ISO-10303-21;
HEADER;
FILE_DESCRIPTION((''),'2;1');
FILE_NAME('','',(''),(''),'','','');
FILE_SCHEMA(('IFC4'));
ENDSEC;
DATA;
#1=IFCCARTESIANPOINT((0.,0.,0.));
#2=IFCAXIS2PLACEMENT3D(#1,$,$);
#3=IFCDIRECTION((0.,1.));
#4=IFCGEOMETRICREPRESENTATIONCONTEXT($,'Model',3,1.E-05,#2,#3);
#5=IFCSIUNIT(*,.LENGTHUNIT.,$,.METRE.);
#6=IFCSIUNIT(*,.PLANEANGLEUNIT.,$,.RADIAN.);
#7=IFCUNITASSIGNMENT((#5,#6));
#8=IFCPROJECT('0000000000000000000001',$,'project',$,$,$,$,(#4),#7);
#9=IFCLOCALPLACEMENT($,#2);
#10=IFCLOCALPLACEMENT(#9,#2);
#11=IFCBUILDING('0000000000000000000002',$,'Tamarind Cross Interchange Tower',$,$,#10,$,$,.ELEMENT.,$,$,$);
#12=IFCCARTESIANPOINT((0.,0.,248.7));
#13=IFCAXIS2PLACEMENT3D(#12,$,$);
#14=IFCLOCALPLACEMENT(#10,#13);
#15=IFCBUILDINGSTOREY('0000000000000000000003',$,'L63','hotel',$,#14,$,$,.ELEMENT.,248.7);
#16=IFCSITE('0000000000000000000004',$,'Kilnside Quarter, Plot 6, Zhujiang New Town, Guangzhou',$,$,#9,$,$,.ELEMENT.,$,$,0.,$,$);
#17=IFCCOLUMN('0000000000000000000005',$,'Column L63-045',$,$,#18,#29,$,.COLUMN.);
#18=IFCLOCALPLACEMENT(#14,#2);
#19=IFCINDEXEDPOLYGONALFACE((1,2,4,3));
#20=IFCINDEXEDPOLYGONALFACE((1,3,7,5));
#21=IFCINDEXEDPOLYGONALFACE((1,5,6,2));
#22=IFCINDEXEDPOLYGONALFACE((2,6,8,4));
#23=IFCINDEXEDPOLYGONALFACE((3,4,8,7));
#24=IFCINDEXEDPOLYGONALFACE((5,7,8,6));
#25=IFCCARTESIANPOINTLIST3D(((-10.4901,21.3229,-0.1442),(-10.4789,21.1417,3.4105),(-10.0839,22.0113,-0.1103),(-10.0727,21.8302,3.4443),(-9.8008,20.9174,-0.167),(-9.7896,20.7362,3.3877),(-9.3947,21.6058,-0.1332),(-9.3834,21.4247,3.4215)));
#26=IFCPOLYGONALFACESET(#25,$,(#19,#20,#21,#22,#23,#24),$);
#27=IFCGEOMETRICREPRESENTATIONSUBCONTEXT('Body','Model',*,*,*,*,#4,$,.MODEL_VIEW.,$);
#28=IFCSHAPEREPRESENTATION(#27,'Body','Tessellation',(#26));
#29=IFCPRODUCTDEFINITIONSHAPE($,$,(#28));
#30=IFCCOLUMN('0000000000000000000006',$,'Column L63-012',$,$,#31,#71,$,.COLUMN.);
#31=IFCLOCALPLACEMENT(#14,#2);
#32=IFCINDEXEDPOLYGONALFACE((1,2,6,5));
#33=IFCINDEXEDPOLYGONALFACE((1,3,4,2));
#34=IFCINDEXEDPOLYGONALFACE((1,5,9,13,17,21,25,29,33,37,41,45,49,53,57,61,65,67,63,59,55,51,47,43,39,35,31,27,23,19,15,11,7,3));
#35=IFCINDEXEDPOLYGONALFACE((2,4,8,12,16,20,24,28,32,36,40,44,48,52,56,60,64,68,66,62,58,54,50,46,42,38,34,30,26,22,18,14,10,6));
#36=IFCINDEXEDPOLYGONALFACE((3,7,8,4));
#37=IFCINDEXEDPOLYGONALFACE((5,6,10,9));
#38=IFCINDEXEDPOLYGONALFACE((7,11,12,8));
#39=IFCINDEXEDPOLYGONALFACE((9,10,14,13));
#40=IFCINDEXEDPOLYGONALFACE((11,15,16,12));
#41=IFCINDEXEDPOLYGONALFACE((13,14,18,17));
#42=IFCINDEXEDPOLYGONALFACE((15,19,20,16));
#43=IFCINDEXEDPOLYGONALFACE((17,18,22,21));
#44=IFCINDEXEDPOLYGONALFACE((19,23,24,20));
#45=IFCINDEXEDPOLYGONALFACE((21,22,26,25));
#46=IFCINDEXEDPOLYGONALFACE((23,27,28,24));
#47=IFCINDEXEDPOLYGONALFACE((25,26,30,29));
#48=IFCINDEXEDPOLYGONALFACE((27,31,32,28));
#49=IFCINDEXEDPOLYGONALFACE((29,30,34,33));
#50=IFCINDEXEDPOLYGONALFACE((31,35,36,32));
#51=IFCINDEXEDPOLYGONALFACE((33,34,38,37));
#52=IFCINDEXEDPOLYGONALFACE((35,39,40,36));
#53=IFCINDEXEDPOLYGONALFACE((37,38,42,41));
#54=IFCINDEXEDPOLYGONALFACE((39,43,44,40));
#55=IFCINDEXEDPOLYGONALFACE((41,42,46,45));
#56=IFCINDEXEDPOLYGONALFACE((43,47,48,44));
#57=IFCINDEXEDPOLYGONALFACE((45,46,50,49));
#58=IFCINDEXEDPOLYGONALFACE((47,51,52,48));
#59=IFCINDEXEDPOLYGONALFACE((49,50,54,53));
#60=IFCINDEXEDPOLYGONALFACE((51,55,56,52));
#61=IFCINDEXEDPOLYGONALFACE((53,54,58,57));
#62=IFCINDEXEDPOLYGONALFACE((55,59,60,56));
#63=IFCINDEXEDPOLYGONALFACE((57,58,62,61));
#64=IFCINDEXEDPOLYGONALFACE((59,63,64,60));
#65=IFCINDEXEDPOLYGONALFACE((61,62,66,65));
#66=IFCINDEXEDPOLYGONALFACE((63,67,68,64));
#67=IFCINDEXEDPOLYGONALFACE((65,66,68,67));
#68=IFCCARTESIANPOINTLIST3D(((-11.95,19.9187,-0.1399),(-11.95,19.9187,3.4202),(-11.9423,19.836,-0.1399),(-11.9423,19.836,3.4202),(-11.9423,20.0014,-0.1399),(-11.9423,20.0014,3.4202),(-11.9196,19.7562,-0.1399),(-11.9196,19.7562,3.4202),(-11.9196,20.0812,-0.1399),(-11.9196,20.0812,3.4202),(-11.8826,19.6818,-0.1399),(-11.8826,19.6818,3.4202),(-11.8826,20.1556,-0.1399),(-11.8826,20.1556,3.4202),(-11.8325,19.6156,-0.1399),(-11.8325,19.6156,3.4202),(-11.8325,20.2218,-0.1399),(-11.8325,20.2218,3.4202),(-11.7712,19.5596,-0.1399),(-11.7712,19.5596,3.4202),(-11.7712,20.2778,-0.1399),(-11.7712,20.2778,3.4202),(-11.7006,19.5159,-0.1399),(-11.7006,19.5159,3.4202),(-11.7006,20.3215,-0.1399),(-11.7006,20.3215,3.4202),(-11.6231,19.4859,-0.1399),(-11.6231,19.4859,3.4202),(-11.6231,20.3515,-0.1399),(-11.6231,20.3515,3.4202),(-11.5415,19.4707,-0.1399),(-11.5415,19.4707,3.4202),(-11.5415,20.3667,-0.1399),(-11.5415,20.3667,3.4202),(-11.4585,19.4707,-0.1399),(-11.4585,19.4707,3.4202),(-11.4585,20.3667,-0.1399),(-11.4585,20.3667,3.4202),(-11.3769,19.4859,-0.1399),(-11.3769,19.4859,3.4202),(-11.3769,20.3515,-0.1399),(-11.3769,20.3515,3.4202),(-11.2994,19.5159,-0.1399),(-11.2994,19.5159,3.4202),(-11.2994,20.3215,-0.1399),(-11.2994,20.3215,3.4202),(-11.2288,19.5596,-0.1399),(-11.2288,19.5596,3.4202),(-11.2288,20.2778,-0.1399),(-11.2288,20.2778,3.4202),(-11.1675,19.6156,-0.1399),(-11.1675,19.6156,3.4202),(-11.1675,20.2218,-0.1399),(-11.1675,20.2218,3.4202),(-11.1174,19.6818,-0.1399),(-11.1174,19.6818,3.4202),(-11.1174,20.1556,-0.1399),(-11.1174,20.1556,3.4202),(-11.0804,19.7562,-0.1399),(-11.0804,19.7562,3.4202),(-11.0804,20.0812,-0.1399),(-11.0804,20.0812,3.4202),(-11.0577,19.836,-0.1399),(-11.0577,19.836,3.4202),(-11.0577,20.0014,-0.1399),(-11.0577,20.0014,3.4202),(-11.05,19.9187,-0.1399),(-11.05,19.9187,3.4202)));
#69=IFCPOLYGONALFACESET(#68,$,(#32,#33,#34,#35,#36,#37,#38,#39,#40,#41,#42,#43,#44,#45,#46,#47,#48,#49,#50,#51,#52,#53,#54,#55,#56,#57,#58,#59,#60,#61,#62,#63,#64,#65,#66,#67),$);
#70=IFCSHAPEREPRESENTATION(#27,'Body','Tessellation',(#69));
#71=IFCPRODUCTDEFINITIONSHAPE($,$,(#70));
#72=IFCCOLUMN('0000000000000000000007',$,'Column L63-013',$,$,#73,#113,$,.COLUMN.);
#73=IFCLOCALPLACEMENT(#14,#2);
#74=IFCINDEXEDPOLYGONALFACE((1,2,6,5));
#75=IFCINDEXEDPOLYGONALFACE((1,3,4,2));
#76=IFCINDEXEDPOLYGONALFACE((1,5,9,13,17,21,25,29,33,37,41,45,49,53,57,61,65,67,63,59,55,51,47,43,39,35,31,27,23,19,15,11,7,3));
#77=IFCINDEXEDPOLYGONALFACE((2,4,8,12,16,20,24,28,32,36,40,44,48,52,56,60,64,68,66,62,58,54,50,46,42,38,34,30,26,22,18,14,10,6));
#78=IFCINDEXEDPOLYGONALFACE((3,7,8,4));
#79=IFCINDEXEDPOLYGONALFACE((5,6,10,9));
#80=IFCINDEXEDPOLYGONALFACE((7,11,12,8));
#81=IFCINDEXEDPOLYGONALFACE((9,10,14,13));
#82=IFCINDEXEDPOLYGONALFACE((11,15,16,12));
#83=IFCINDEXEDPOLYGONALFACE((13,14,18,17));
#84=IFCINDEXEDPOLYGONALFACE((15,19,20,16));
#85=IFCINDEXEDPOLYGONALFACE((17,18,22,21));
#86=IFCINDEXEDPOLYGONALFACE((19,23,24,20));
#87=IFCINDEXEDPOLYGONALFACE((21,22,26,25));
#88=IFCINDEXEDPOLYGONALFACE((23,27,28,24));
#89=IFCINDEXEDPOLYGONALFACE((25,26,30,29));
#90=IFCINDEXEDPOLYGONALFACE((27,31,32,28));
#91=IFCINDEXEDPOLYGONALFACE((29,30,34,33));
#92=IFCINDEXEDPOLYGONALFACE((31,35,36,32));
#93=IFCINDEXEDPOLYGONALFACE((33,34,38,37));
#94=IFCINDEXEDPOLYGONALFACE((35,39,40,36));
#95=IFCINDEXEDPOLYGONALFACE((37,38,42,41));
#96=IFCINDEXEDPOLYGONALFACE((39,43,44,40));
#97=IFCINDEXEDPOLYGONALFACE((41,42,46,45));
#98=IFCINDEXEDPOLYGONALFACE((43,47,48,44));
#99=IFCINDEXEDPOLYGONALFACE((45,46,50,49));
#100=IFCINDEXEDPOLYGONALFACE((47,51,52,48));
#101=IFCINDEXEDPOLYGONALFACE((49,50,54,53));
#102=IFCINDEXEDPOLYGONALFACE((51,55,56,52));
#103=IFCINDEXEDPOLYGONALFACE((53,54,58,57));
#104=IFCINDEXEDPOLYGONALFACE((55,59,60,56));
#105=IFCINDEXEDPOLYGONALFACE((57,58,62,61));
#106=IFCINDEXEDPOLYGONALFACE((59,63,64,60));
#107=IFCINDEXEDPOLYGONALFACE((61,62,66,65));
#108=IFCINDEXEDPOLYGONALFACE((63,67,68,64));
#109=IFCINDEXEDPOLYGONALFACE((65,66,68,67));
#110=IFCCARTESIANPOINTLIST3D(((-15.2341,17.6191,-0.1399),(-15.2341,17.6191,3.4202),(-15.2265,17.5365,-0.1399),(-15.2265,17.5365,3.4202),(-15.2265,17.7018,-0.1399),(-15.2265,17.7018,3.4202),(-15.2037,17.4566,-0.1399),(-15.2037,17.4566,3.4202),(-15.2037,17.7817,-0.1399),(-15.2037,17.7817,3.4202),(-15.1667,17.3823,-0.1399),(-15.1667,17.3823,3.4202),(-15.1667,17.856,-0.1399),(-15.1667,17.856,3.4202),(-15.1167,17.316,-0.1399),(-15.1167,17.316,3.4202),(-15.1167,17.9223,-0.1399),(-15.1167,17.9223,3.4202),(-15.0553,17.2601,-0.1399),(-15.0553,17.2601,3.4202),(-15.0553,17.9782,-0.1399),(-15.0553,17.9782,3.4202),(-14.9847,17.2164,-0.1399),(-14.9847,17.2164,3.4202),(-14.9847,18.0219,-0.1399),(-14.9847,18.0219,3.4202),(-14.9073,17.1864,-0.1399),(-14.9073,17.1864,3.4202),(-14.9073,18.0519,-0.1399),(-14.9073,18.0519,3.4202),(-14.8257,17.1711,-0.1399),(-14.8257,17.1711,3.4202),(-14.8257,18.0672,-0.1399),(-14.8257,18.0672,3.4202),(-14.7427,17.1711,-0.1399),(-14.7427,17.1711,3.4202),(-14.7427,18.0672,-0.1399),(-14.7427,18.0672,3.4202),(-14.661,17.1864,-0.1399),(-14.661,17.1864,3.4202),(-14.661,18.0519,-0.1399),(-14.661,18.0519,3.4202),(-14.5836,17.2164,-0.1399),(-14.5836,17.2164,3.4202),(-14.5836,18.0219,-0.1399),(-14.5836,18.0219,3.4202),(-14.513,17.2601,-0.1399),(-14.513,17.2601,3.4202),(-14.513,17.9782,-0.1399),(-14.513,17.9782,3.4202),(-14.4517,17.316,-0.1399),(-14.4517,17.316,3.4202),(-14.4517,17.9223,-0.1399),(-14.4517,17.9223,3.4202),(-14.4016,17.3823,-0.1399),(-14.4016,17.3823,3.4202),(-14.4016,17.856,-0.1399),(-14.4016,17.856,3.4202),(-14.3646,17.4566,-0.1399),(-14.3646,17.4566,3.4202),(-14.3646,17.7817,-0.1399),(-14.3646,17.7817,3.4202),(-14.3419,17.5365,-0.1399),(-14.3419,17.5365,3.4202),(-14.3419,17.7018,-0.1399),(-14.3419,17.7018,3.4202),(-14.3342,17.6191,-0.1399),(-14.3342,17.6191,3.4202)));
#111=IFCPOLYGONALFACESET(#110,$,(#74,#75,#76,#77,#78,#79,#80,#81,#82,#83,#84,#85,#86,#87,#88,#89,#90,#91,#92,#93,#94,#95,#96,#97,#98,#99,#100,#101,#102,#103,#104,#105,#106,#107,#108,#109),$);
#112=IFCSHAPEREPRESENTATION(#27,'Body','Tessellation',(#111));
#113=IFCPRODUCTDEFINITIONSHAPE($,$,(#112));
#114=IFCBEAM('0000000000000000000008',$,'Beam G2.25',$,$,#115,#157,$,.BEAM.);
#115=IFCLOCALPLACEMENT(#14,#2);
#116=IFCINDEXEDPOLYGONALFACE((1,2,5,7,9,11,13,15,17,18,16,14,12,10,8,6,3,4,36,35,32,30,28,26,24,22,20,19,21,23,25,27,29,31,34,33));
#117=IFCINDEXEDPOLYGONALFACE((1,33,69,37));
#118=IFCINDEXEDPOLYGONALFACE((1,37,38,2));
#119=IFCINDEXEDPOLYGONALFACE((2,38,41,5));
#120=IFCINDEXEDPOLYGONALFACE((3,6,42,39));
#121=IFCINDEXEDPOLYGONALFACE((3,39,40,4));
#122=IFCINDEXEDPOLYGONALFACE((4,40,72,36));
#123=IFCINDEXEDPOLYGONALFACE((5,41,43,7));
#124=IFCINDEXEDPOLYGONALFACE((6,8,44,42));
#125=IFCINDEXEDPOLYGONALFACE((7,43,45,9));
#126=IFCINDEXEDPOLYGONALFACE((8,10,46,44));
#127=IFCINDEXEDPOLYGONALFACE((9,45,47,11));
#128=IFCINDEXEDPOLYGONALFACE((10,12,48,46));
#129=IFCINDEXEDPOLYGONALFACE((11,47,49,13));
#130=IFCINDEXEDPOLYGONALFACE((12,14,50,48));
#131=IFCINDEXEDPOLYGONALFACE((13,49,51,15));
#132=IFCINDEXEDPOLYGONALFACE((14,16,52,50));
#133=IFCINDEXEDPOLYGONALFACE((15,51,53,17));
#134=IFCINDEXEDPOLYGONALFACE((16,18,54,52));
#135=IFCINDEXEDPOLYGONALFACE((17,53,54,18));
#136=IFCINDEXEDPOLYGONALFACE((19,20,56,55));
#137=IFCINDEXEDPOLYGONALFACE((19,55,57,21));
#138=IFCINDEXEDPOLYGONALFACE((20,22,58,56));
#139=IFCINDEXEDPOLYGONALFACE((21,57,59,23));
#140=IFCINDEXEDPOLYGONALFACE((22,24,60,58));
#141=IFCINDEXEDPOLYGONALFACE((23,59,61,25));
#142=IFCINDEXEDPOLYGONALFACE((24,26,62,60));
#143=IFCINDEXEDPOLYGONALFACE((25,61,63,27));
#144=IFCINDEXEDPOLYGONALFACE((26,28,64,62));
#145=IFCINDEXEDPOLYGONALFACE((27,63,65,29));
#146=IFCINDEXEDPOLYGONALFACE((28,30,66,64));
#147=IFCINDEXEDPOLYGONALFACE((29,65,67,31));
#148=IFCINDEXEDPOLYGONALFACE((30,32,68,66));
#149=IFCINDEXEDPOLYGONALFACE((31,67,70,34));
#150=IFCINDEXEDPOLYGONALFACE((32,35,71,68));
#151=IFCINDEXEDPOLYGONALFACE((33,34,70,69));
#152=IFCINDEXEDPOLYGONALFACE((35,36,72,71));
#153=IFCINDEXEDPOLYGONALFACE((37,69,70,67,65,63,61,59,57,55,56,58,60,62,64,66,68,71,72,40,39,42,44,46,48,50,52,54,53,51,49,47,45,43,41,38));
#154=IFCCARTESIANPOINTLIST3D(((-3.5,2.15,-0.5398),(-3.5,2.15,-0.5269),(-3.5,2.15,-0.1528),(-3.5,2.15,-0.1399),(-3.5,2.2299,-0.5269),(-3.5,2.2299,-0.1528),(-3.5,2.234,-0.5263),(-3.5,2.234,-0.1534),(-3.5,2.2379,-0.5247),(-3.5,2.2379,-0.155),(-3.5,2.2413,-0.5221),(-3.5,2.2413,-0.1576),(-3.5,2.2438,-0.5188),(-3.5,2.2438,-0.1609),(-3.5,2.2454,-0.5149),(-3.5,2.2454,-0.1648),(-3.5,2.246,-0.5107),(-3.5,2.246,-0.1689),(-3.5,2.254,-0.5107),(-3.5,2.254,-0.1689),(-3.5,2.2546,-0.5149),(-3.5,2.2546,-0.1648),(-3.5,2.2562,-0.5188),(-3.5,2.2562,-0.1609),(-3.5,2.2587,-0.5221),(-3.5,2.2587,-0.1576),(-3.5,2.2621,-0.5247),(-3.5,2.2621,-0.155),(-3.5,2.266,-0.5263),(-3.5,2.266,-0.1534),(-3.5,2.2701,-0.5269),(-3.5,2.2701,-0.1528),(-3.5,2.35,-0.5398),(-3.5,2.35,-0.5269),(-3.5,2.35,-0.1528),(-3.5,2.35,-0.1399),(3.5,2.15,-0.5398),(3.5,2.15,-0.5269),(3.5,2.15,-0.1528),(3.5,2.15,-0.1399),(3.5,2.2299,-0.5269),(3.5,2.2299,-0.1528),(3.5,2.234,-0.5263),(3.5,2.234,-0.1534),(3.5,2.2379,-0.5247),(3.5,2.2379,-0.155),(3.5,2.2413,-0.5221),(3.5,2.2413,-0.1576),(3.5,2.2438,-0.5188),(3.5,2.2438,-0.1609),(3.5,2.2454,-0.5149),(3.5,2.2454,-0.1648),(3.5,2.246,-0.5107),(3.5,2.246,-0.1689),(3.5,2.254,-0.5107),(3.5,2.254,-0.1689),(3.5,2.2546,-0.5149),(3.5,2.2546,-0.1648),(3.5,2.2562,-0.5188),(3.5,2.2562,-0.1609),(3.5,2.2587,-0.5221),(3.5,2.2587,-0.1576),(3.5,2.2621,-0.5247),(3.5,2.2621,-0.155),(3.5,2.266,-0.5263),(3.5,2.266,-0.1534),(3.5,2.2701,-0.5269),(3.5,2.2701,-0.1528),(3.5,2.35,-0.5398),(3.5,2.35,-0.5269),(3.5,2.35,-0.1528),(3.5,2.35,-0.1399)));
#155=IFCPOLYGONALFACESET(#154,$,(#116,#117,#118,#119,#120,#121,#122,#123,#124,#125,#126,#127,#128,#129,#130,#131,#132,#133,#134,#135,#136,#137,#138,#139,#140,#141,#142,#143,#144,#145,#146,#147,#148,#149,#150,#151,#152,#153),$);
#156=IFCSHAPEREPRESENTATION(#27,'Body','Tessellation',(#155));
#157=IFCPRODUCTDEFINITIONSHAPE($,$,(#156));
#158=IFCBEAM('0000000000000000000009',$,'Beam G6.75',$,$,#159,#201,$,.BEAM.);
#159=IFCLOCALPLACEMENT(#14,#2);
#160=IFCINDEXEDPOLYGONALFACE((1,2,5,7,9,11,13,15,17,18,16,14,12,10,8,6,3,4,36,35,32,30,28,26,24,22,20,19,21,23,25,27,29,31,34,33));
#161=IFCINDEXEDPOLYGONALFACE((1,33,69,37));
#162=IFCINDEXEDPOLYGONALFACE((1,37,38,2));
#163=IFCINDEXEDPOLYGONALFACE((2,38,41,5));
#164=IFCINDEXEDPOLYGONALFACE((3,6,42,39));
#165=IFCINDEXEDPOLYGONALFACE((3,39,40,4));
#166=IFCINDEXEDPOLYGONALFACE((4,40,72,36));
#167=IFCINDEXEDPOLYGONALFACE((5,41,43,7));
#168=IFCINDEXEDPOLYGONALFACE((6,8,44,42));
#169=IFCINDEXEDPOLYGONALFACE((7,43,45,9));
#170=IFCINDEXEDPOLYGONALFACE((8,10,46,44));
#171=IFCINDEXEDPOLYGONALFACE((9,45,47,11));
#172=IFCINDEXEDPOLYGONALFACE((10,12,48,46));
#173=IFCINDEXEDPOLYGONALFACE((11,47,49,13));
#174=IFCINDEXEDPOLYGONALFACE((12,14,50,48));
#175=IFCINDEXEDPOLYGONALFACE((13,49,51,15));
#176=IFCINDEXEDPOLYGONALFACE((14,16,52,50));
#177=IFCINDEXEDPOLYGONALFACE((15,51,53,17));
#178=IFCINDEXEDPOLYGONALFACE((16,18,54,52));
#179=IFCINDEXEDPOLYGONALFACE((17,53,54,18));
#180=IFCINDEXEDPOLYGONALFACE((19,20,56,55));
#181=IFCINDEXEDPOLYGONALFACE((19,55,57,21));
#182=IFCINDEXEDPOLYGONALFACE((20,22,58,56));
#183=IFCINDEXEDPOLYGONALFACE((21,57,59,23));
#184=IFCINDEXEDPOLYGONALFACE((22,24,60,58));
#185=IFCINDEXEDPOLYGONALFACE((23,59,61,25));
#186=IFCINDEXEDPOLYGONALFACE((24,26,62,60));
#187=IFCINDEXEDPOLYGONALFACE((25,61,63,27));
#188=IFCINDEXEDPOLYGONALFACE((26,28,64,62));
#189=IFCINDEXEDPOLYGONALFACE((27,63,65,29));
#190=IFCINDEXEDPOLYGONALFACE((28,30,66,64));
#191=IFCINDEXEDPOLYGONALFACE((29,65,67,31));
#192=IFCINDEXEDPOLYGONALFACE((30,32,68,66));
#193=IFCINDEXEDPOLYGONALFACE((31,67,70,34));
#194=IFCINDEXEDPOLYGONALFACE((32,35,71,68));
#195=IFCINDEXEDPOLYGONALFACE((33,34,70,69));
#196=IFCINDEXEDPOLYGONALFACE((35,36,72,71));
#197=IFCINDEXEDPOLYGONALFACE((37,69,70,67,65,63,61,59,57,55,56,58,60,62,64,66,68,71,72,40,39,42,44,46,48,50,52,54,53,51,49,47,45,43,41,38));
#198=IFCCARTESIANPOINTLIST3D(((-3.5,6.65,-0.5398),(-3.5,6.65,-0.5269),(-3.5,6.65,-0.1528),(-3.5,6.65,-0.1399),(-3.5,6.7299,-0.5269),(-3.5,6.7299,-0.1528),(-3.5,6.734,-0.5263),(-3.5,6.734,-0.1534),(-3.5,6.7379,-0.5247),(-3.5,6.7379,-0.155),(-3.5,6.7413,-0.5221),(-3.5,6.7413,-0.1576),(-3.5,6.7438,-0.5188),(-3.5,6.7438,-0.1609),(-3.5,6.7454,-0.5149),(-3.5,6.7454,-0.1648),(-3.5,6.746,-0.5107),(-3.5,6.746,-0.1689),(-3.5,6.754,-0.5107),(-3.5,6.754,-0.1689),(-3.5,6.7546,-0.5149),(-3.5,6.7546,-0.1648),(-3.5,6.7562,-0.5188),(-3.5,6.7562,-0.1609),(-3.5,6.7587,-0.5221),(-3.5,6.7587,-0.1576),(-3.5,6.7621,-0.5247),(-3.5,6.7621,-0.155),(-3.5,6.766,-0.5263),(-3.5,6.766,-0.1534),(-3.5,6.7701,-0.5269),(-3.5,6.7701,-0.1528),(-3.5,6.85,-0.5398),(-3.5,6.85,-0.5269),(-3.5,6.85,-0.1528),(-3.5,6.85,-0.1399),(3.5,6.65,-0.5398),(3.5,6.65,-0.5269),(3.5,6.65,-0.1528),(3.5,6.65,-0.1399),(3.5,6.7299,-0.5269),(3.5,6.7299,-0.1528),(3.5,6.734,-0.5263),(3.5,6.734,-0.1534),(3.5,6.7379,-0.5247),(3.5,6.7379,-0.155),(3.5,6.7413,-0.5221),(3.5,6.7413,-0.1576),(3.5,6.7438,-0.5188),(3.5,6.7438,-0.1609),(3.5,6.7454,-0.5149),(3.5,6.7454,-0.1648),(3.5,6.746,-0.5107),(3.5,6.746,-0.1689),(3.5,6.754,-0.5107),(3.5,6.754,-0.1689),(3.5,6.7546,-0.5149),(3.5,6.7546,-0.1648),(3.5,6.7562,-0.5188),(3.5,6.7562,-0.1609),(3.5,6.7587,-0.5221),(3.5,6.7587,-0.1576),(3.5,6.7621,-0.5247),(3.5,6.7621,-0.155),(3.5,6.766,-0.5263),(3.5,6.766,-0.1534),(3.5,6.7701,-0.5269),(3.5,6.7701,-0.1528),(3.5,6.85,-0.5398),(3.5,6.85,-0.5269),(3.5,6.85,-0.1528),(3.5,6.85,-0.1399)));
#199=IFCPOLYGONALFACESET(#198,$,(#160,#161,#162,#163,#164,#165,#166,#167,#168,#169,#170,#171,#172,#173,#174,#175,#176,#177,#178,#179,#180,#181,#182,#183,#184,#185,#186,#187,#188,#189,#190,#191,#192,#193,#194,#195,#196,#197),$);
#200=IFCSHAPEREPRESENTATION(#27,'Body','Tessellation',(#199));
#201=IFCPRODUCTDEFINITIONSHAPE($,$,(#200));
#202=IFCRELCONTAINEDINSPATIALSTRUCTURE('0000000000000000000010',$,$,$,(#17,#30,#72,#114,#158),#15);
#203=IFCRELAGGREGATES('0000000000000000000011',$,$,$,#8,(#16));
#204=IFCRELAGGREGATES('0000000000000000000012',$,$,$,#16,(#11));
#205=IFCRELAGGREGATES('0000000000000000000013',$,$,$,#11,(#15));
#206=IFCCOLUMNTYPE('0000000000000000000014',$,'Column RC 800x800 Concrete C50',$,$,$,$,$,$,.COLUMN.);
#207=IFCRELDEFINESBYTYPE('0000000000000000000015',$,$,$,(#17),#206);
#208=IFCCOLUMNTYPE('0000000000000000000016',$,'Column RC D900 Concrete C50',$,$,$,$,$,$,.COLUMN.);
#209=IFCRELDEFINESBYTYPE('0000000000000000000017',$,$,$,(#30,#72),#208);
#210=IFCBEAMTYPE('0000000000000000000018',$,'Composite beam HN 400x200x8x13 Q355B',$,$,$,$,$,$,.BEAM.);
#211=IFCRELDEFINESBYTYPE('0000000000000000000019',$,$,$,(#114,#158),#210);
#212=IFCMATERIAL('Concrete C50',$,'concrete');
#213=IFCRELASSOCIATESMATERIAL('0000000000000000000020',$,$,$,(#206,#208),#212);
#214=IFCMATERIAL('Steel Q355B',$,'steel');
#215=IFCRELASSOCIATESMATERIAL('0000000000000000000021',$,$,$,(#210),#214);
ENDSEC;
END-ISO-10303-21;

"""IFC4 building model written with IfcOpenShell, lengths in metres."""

from ifc_helpers import new_model, si_unit, direction, frame, origin, origin_2d, place, context, subcontext, project, spatial, rectangle, circle, i_section, extrude, material, material_profile, profile_set, type_object, element, save


model = new_model("IFC4")

# Units and contexts
model_context = context("Model", 3, precision=1e-05, world=origin(), true_north=direction((0.0, 1.0)))
body_context = subcontext(model_context, "Body", "Model", "MODEL_VIEW")
ifc_project = project(units=[si_unit("LENGTHUNIT", "METRE"), si_unit("PLANEANGLEUNIT", "RADIAN")], contexts=[model_context])

# Site, building, storey
site_placement = place(None, origin())
site = spatial("IfcSite", under=ifc_project, at=site_placement, Name="Kilnside Quarter, Plot 6, Zhujiang New Town, Guangzhou", CompositionType="ELEMENT", RefElevation=0.0)
building_placement = place(site_placement, origin())
building = spatial("IfcBuilding", under=site, at=building_placement, Name="Tamarind Cross Interchange Tower", CompositionType="ELEMENT")
storey_placement = place(building_placement, frame((0.0, 0.0, 248.7)))
storey = spatial("IfcBuildingStorey", under=building, at=storey_placement, Name="L63", Description="hotel", CompositionType="ELEMENT", Elevation=248.7)

# Columns
ifc_material_1 = material(Name="Concrete C50", Category="concrete")
ifc_material_profile_1 = material_profile(ifc_material_1, rectangle(XDim=0.8, YDim=0.8, at=origin_2d()), Name="RC 800x800")
ifc_profile_set_1 = profile_set([ifc_material_profile_1], Name="Concrete C50")
column_type_1 = type_object("IfcColumnType", Name="Column RC 800x800 Concrete C50", PredefinedType="COLUMN", material=ifc_profile_set_1)
column_placement = place(storey_placement, frame((-9.9424, 21.4644, -0.1387), z_axis=(0.003155, -0.050895, 0.998699), x_axis=(0.507686, 0.860506, 0.042249)))
element("IfcColumn", 1, at=column_placement, inside=storey, type_object=column_type_1, Name="Column L63-045", PredefinedType="COLUMN", context=body_context, shape_type="SweptSolid", body=[
    extrude(rectangle(XDim=0.8, YDim=0.8, at=origin_2d()), origin(), (0.0, 0.0, 1.0), 3.5593),
])
ifc_material_profile_2 = material_profile(ifc_material_1, circle(Radius=0.45, at=origin_2d()), Name="RC D900")
ifc_profile_set_2 = profile_set([ifc_material_profile_2], Name="Concrete C50")
column_type_2 = type_object("IfcColumnType", Name="Column RC D900 Concrete C50", PredefinedType="COLUMN", material=ifc_profile_set_2)
for number, where, z_axis, x_axis, name in (
    (2, (-11.5, 19.9187, -0.1399), (0.0, 0.0, 1.0), (1.0, 0.0, 0.0), "Column L63-012"),
    (3, (-14.7842, 17.6191, -0.1399), (0.0, 0.0, 1.0), (1.0, 0.0, 0.0), "Column L63-013"),
):
    element("IfcColumn", number, at=place(storey_placement, frame(where, z_axis=z_axis, x_axis=x_axis)), inside=storey, type_object=column_type_2, Name=name, PredefinedType="COLUMN", context=body_context, shape_type="SweptSolid", body=[
        extrude(circle(Radius=0.45, at=origin_2d()), origin(), (0.0, 0.0, 1.0), 3.5601),
    ])

# Beams
ifc_material_2 = material(Name="Steel Q355B", Category="steel")
ifc_material_profile_3 = material_profile(ifc_material_2, i_section(OverallWidth=0.2, OverallDepth=0.3999, WebThickness=0.0081, FlangeThickness=0.0129, FilletRadius=0.0161, at=origin_2d()), Name="HN 400x200x8x13")
ifc_profile_set_3 = profile_set([ifc_material_profile_3], Name="Steel Q355B")
beam_type_1 = type_object("IfcBeamType", Name="Composite beam HN 400x200x8x13 Q355B", PredefinedType="BEAM", material=ifc_profile_set_3)
for number, where, z_axis, x_axis, name in (
    (4, (-3.5, 2.25, -0.3398), (1.0, 0.0, 0.0), (0.0, 1.0, 0.0), "Beam G2.25"),
    (5, (-3.5, 6.75, -0.3398), (1.0, 0.0, 0.0), (0.0, 1.0, 0.0), "Beam G6.75"),
):
    element("IfcBeam", number, at=place(storey_placement, frame(where, z_axis=z_axis, x_axis=x_axis)), inside=storey, type_object=beam_type_1, Name=name, PredefinedType="BEAM", context=body_context, shape_type="SweptSolid", body=[
        extrude(i_section(OverallWidth=0.2, OverallDepth=0.3999, WebThickness=0.0081, FlangeThickness=0.0129, FilletRadius=0.0161, at=origin_2d()), origin(), (0.0, 0.0, 1.0), 7.0),
    ])

save(model, "model.ifc")
